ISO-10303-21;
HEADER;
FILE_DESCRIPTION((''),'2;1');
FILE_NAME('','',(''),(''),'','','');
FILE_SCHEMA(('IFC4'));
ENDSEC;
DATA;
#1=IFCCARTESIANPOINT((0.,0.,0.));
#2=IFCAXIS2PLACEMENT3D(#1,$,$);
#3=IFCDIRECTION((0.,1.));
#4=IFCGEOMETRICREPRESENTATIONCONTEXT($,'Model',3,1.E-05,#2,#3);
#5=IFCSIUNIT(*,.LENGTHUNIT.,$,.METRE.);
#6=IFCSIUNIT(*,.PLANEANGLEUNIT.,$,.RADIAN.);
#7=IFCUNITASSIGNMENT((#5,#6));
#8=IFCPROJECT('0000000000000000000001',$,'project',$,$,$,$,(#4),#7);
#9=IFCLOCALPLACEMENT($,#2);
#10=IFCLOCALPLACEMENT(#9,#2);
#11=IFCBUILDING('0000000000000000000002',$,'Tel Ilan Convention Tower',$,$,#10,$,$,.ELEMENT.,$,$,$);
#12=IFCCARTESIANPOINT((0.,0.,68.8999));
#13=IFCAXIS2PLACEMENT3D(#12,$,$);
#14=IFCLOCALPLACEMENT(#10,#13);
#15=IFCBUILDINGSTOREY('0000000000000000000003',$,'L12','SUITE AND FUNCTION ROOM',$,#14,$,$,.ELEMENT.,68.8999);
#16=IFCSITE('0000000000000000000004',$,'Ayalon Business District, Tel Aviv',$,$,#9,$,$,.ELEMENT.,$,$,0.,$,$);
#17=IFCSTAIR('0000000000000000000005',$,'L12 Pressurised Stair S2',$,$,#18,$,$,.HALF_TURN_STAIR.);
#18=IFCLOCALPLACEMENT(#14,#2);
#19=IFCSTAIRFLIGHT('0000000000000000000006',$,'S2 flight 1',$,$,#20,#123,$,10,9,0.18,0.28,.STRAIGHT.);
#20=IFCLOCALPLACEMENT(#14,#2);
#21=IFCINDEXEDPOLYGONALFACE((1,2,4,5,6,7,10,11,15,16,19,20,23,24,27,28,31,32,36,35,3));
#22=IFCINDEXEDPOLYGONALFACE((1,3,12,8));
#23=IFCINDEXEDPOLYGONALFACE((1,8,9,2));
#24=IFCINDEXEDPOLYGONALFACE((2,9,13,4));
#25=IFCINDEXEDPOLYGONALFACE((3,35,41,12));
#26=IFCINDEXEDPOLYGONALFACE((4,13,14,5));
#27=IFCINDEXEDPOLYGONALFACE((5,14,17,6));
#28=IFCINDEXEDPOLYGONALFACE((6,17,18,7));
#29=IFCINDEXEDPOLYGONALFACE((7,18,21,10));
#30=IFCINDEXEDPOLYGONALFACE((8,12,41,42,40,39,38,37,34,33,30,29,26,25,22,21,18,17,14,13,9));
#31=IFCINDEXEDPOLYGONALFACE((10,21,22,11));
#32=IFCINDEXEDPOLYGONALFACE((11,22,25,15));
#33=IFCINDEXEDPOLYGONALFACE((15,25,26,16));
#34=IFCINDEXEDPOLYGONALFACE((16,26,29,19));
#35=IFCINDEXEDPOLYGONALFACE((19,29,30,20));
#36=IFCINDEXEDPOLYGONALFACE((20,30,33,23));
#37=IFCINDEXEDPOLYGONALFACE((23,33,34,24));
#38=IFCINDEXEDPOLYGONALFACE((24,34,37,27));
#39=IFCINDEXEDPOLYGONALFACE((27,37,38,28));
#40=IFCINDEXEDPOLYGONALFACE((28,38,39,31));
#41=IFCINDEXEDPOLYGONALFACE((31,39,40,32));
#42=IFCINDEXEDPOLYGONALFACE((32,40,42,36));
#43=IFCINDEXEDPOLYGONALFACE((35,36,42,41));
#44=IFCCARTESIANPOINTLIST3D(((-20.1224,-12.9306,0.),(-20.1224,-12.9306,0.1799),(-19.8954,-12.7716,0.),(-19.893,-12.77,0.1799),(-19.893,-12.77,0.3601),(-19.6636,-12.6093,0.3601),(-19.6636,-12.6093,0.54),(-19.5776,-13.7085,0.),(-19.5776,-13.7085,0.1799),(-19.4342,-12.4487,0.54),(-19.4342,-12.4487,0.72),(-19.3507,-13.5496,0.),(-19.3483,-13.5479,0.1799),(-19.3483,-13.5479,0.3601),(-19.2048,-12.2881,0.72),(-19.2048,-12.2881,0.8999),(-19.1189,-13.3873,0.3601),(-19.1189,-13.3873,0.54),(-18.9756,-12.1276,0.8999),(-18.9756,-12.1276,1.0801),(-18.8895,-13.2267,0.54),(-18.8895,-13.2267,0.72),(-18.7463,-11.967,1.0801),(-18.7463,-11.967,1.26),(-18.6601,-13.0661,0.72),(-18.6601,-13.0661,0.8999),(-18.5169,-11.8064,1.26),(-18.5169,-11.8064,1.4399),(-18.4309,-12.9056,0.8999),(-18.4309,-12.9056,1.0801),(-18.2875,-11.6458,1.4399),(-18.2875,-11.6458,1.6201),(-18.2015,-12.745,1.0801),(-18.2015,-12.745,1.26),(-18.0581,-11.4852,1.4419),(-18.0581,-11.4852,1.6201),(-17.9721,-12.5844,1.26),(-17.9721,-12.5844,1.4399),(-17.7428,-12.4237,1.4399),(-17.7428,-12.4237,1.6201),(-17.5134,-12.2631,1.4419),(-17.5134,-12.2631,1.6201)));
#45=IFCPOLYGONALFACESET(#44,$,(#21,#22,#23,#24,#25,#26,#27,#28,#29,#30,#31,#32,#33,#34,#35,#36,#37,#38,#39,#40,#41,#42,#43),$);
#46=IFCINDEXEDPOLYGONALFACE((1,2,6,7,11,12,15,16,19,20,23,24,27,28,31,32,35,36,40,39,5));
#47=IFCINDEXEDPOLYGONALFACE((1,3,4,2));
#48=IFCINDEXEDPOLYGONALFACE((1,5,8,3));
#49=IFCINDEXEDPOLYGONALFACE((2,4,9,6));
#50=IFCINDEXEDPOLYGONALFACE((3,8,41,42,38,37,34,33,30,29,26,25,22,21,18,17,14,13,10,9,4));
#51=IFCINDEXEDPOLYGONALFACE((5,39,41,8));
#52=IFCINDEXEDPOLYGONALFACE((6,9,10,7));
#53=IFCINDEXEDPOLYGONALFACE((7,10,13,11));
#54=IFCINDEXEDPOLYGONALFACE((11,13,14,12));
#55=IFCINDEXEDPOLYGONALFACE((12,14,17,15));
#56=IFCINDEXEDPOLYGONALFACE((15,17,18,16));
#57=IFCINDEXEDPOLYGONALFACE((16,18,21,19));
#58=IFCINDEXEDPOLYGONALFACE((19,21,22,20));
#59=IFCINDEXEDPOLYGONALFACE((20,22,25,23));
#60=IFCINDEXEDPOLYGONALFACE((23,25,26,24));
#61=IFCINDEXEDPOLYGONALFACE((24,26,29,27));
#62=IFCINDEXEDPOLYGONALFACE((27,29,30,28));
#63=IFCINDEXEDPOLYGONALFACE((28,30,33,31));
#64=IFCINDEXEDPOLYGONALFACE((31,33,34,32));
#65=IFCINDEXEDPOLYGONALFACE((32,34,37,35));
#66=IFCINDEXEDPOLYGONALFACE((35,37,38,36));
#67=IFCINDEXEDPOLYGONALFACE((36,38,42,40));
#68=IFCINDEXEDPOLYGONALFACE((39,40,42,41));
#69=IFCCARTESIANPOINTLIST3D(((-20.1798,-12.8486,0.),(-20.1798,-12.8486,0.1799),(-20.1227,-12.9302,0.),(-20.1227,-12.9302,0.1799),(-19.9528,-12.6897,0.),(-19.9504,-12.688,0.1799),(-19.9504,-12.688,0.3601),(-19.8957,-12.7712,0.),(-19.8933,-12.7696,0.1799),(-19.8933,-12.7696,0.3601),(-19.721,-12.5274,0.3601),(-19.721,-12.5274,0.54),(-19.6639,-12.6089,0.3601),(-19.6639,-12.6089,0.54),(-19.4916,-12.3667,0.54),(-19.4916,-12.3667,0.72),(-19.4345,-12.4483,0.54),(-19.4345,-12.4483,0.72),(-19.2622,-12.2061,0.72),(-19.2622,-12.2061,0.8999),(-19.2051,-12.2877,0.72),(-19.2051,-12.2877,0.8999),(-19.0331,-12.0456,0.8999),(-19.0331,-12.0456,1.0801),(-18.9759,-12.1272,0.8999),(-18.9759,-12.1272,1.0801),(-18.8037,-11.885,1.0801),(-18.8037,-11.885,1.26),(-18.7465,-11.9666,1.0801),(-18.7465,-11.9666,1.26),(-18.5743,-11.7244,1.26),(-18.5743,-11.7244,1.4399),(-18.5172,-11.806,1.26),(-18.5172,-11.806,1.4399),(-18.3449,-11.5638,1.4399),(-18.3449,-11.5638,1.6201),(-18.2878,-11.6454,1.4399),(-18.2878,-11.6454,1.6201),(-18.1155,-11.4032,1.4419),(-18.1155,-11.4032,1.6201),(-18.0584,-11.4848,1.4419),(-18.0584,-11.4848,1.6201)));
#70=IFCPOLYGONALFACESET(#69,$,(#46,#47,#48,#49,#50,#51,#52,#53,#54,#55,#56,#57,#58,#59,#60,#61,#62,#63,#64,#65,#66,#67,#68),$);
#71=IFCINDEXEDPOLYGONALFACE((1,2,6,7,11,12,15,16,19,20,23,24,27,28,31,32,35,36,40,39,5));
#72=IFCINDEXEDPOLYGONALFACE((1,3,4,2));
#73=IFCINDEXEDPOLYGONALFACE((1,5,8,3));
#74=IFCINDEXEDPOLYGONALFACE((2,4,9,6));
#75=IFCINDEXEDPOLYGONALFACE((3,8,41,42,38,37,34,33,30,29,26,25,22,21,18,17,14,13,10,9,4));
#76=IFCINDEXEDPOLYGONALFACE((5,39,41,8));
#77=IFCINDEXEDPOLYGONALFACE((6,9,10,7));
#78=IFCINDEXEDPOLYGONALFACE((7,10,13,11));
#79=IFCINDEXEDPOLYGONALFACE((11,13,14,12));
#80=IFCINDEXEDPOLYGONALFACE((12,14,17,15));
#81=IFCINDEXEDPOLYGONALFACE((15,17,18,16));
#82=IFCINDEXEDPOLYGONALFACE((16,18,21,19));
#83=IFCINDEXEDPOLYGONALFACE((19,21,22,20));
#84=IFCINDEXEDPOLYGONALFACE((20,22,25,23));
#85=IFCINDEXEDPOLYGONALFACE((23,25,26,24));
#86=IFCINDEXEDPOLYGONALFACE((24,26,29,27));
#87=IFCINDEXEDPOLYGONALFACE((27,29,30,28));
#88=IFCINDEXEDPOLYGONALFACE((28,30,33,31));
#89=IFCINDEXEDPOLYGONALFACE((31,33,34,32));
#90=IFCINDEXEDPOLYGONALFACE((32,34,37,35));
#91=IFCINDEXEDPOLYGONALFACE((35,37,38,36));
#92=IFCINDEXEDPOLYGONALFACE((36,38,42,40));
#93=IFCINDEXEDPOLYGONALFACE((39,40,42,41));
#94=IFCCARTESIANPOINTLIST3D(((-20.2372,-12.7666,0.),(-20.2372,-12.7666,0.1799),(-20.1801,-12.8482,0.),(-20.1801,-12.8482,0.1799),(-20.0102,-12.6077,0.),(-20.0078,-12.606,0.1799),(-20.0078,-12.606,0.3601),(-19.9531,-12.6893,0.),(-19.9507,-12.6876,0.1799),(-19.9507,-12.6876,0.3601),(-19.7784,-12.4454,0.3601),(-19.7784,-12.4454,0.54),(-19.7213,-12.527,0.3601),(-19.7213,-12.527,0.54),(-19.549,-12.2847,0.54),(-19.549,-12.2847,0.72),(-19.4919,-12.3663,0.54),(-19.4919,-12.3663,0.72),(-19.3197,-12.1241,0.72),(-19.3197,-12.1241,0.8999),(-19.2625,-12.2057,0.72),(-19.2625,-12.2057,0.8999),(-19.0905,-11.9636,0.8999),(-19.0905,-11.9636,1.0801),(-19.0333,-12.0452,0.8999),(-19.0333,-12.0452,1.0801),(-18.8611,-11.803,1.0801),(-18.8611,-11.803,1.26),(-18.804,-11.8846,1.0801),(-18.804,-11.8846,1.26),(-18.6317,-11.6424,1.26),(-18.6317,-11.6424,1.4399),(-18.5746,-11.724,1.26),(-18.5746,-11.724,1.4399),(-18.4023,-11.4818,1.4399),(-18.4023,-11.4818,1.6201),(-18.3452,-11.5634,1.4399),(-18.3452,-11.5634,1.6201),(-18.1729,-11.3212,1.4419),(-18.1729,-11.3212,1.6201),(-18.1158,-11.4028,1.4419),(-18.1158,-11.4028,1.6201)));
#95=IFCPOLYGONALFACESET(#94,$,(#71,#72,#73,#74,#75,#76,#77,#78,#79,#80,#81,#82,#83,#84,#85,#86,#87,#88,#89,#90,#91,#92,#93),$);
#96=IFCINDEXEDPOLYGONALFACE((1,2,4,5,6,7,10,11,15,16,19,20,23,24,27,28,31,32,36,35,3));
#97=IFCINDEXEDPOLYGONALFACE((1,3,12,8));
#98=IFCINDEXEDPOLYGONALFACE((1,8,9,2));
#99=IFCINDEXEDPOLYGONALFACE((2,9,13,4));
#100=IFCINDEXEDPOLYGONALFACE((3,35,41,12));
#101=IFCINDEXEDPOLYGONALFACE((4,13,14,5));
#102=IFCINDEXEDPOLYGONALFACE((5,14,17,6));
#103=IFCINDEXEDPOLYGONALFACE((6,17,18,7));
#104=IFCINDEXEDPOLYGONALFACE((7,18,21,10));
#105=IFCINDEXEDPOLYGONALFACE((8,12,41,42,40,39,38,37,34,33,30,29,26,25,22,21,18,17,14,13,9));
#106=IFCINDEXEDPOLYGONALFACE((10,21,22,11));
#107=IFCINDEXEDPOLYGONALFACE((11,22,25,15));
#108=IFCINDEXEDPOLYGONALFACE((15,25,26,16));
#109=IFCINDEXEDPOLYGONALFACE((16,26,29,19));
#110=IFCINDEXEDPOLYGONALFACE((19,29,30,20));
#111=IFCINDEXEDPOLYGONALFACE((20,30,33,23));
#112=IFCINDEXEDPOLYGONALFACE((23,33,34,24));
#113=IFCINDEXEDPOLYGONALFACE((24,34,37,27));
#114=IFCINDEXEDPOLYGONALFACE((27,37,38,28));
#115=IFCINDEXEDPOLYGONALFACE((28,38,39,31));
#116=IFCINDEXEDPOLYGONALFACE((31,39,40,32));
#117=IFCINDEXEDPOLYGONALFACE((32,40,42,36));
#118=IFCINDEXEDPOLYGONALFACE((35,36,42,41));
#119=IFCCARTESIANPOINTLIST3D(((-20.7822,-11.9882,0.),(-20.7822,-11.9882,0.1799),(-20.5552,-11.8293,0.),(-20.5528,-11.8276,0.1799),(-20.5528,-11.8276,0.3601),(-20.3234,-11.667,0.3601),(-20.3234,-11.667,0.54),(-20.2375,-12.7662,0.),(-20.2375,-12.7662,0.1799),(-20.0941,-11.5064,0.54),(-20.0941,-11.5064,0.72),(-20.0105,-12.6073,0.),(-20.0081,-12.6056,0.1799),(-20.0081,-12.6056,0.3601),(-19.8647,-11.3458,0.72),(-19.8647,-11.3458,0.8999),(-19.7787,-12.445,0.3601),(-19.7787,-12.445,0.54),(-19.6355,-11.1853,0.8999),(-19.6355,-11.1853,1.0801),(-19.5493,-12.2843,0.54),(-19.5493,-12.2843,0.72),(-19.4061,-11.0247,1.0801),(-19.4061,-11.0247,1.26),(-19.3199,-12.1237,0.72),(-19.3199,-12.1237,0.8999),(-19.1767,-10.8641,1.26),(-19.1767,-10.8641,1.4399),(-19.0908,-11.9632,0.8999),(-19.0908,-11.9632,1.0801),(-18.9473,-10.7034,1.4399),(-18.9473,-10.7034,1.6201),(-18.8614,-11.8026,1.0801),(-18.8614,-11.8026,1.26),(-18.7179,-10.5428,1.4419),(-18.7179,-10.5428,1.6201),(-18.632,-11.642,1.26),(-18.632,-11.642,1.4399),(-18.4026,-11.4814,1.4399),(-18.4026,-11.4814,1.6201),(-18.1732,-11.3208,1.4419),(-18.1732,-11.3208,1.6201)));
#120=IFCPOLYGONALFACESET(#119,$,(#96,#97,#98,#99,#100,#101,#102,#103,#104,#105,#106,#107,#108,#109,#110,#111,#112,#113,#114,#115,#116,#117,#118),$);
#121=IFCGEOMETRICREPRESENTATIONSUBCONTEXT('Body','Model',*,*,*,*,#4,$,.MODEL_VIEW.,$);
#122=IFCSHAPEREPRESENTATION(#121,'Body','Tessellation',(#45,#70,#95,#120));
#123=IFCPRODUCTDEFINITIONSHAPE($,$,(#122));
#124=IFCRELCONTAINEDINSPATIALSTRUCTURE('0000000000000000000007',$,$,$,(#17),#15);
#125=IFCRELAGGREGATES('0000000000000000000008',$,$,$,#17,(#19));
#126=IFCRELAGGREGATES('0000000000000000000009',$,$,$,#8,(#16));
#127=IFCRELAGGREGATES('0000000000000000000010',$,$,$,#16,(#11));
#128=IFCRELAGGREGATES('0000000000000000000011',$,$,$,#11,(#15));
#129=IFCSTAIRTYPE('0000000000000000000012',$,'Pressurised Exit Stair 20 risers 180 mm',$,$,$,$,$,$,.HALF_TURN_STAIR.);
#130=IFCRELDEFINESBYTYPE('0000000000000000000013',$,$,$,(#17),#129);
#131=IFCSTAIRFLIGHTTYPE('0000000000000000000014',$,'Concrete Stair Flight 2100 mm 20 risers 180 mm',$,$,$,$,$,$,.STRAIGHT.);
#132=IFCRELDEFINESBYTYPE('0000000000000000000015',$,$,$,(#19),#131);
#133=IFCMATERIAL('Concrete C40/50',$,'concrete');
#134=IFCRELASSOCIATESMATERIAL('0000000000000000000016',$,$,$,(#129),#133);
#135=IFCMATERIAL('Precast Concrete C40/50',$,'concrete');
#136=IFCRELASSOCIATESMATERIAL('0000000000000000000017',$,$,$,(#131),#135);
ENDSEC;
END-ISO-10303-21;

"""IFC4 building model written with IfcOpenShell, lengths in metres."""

from ifc_helpers import new_model, si_unit, direction, frame, origin, place, context, subcontext, project, spatial, polyline, outline, extrude, material, type_object, element, aggregate, save


model = new_model("IFC4")

# Units and contexts
model_context = context("Model", 3, precision=1e-05, world=origin(), true_north=direction((0.0, 1.0)))
body_context = subcontext(model_context, "Body", "Model", "MODEL_VIEW")
ifc_project = project(units=[si_unit("LENGTHUNIT", "METRE"), si_unit("PLANEANGLEUNIT", "RADIAN")], contexts=[model_context])

# Site, building, storey
site_placement = place(None, origin())
site = spatial("IfcSite", under=ifc_project, at=site_placement, Name="Ayalon Business District, Tel Aviv", CompositionType="ELEMENT", RefElevation=0.0)
building_placement = place(site_placement, origin())
building = spatial("IfcBuilding", under=site, at=building_placement, Name="Tel Ilan Convention Tower", CompositionType="ELEMENT")
storey_placement = place(building_placement, frame((0.0, 0.0, 68.8999)))
storey = spatial("IfcBuildingStorey", under=building, at=storey_placement, Name="L12", Description="SUITE AND FUNCTION ROOM", CompositionType="ELEMENT", Elevation=68.8999)

# Stair, stair flight
ifc_material_1 = material(Name="Concrete C40/50", Category="concrete")
stair_type = type_object("IfcStairType", Name="Pressurised Exit Stair 20 risers 180 mm", PredefinedType="HALF_TURN_STAIR", material=ifc_material_1)
ifc_material_2 = material(Name="Precast Concrete C40/50", Category="concrete")
stair_flight_type = type_object("IfcStairFlightType", Name="Concrete Stair Flight 2100 mm 20 risers 180 mm", PredefinedType="STRAIGHT", material=ifc_material_2)
stair_1_placement = place(storey_placement, origin())
stair_1 = element("IfcStair", 1, at=stair_1_placement, inside=storey, type_object=stair_type, Name="L12 Pressurised Stair S2", PredefinedType="HALF_TURN_STAIR")
stair_flight_1_placement = place(storey_placement, frame((-20.1799, -12.8484, 0.0), z_axis=(0.0, 0.0, 1.0), x_axis=(0.819152, 0.573576, 0.0)))
stair_flight_1 = element("IfcStairFlight", 2, at=stair_flight_1_placement, type_object=stair_flight_type, Name="S2 flight 1", NumberOfRisers=10, NumberOfTreads=9, PredefinedType="STRAIGHT", RiserHeight=0.18, TreadLength=0.28, context=body_context, shape_type="SweptSolid", body=[
    extrude(outline(polyline([(0.0, 0.0), (0.0, 0.1799), (0.28, 0.1799), (0.28, 0.3601), (0.5601, 0.3601), (0.5601, 0.54), (0.8401, 0.54), (0.8401, 0.72), (1.1201, 0.72), (1.1201, 0.8999), (1.3999, 0.8999), (1.3999, 1.0801), (1.6799, 1.0801), (1.6799, 1.26), (1.96, 1.26), (1.96, 1.4399), (2.24, 1.4399), (2.24, 1.6201), (2.52, 1.6201), (2.52, 1.8), (2.52, 1.4419), (0.2771, 0.0), (0.0, 0.0)])), frame((0.0, -0.1003, 0.0), z_axis=(0.0, -1.0, 0.0), x_axis=(1.0, 0.0, 0.0)), (0.0, 0.0, 1.0), 0.9497),
    extrude(outline(polyline([(0.0, 0.0), (0.0, 0.1799), (0.28, 0.1799), (0.28, 0.3601), (0.5601, 0.3601), (0.5601, 0.54), (0.8401, 0.54), (0.8401, 0.72), (1.1201, 0.72), (1.1201, 0.8999), (1.3999, 0.8999), (1.3999, 1.0801), (1.6799, 1.0801), (1.6799, 1.26), (1.96, 1.26), (1.96, 1.4399), (2.24, 1.4399), (2.24, 1.6201), (2.52, 1.6201), (2.52, 1.8), (2.52, 1.4419), (0.2771, 0.0), (0.0, 0.0)])), frame((0.0, -0.0002, 0.0), z_axis=(0.0, -1.0, 0.0), x_axis=(1.0, 0.0, 0.0)), (0.0, 0.0, 1.0), 0.0996),
    extrude(outline(polyline([(0.0, 0.0), (0.0, 0.1799), (0.28, 0.1799), (0.28, 0.3601), (0.5601, 0.3601), (0.5601, 0.54), (0.8401, 0.54), (0.8401, 0.72), (1.1201, 0.72), (1.1201, 0.8999), (1.3999, 0.8999), (1.3999, 1.0801), (1.6799, 1.0801), (1.6799, 1.26), (1.96, 1.26), (1.96, 1.4399), (2.24, 1.4399), (2.24, 1.6201), (2.52, 1.6201), (2.52, 1.8), (2.52, 1.4419), (0.2771, 0.0), (0.0, 0.0)])), frame((0.0, 0.0999, 0.0), z_axis=(0.0, -1.0, 0.0), x_axis=(1.0, 0.0, 0.0)), (0.0, 0.0, 1.0), 0.0996),
    extrude(outline(polyline([(0.0, 0.0), (0.0, 0.1799), (0.28, 0.1799), (0.28, 0.3601), (0.5601, 0.3601), (0.5601, 0.54), (0.8401, 0.54), (0.8401, 0.72), (1.1201, 0.72), (1.1201, 0.8999), (1.3999, 0.8999), (1.3999, 1.0801), (1.6799, 1.0801), (1.6799, 1.26), (1.96, 1.26), (1.96, 1.4399), (2.24, 1.4399), (2.24, 1.6201), (2.52, 1.6201), (2.52, 1.8), (2.52, 1.4419), (0.2771, 0.0), (0.0, 0.0)])), frame((0.0, 1.05, 0.0), z_axis=(0.0, -1.0, 0.0), x_axis=(1.0, 0.0, 0.0)), (0.0, 0.0, 1.0), 0.9497),
])
aggregate(stair_1, [stair_flight_1])

save(model, "model.ifc")
